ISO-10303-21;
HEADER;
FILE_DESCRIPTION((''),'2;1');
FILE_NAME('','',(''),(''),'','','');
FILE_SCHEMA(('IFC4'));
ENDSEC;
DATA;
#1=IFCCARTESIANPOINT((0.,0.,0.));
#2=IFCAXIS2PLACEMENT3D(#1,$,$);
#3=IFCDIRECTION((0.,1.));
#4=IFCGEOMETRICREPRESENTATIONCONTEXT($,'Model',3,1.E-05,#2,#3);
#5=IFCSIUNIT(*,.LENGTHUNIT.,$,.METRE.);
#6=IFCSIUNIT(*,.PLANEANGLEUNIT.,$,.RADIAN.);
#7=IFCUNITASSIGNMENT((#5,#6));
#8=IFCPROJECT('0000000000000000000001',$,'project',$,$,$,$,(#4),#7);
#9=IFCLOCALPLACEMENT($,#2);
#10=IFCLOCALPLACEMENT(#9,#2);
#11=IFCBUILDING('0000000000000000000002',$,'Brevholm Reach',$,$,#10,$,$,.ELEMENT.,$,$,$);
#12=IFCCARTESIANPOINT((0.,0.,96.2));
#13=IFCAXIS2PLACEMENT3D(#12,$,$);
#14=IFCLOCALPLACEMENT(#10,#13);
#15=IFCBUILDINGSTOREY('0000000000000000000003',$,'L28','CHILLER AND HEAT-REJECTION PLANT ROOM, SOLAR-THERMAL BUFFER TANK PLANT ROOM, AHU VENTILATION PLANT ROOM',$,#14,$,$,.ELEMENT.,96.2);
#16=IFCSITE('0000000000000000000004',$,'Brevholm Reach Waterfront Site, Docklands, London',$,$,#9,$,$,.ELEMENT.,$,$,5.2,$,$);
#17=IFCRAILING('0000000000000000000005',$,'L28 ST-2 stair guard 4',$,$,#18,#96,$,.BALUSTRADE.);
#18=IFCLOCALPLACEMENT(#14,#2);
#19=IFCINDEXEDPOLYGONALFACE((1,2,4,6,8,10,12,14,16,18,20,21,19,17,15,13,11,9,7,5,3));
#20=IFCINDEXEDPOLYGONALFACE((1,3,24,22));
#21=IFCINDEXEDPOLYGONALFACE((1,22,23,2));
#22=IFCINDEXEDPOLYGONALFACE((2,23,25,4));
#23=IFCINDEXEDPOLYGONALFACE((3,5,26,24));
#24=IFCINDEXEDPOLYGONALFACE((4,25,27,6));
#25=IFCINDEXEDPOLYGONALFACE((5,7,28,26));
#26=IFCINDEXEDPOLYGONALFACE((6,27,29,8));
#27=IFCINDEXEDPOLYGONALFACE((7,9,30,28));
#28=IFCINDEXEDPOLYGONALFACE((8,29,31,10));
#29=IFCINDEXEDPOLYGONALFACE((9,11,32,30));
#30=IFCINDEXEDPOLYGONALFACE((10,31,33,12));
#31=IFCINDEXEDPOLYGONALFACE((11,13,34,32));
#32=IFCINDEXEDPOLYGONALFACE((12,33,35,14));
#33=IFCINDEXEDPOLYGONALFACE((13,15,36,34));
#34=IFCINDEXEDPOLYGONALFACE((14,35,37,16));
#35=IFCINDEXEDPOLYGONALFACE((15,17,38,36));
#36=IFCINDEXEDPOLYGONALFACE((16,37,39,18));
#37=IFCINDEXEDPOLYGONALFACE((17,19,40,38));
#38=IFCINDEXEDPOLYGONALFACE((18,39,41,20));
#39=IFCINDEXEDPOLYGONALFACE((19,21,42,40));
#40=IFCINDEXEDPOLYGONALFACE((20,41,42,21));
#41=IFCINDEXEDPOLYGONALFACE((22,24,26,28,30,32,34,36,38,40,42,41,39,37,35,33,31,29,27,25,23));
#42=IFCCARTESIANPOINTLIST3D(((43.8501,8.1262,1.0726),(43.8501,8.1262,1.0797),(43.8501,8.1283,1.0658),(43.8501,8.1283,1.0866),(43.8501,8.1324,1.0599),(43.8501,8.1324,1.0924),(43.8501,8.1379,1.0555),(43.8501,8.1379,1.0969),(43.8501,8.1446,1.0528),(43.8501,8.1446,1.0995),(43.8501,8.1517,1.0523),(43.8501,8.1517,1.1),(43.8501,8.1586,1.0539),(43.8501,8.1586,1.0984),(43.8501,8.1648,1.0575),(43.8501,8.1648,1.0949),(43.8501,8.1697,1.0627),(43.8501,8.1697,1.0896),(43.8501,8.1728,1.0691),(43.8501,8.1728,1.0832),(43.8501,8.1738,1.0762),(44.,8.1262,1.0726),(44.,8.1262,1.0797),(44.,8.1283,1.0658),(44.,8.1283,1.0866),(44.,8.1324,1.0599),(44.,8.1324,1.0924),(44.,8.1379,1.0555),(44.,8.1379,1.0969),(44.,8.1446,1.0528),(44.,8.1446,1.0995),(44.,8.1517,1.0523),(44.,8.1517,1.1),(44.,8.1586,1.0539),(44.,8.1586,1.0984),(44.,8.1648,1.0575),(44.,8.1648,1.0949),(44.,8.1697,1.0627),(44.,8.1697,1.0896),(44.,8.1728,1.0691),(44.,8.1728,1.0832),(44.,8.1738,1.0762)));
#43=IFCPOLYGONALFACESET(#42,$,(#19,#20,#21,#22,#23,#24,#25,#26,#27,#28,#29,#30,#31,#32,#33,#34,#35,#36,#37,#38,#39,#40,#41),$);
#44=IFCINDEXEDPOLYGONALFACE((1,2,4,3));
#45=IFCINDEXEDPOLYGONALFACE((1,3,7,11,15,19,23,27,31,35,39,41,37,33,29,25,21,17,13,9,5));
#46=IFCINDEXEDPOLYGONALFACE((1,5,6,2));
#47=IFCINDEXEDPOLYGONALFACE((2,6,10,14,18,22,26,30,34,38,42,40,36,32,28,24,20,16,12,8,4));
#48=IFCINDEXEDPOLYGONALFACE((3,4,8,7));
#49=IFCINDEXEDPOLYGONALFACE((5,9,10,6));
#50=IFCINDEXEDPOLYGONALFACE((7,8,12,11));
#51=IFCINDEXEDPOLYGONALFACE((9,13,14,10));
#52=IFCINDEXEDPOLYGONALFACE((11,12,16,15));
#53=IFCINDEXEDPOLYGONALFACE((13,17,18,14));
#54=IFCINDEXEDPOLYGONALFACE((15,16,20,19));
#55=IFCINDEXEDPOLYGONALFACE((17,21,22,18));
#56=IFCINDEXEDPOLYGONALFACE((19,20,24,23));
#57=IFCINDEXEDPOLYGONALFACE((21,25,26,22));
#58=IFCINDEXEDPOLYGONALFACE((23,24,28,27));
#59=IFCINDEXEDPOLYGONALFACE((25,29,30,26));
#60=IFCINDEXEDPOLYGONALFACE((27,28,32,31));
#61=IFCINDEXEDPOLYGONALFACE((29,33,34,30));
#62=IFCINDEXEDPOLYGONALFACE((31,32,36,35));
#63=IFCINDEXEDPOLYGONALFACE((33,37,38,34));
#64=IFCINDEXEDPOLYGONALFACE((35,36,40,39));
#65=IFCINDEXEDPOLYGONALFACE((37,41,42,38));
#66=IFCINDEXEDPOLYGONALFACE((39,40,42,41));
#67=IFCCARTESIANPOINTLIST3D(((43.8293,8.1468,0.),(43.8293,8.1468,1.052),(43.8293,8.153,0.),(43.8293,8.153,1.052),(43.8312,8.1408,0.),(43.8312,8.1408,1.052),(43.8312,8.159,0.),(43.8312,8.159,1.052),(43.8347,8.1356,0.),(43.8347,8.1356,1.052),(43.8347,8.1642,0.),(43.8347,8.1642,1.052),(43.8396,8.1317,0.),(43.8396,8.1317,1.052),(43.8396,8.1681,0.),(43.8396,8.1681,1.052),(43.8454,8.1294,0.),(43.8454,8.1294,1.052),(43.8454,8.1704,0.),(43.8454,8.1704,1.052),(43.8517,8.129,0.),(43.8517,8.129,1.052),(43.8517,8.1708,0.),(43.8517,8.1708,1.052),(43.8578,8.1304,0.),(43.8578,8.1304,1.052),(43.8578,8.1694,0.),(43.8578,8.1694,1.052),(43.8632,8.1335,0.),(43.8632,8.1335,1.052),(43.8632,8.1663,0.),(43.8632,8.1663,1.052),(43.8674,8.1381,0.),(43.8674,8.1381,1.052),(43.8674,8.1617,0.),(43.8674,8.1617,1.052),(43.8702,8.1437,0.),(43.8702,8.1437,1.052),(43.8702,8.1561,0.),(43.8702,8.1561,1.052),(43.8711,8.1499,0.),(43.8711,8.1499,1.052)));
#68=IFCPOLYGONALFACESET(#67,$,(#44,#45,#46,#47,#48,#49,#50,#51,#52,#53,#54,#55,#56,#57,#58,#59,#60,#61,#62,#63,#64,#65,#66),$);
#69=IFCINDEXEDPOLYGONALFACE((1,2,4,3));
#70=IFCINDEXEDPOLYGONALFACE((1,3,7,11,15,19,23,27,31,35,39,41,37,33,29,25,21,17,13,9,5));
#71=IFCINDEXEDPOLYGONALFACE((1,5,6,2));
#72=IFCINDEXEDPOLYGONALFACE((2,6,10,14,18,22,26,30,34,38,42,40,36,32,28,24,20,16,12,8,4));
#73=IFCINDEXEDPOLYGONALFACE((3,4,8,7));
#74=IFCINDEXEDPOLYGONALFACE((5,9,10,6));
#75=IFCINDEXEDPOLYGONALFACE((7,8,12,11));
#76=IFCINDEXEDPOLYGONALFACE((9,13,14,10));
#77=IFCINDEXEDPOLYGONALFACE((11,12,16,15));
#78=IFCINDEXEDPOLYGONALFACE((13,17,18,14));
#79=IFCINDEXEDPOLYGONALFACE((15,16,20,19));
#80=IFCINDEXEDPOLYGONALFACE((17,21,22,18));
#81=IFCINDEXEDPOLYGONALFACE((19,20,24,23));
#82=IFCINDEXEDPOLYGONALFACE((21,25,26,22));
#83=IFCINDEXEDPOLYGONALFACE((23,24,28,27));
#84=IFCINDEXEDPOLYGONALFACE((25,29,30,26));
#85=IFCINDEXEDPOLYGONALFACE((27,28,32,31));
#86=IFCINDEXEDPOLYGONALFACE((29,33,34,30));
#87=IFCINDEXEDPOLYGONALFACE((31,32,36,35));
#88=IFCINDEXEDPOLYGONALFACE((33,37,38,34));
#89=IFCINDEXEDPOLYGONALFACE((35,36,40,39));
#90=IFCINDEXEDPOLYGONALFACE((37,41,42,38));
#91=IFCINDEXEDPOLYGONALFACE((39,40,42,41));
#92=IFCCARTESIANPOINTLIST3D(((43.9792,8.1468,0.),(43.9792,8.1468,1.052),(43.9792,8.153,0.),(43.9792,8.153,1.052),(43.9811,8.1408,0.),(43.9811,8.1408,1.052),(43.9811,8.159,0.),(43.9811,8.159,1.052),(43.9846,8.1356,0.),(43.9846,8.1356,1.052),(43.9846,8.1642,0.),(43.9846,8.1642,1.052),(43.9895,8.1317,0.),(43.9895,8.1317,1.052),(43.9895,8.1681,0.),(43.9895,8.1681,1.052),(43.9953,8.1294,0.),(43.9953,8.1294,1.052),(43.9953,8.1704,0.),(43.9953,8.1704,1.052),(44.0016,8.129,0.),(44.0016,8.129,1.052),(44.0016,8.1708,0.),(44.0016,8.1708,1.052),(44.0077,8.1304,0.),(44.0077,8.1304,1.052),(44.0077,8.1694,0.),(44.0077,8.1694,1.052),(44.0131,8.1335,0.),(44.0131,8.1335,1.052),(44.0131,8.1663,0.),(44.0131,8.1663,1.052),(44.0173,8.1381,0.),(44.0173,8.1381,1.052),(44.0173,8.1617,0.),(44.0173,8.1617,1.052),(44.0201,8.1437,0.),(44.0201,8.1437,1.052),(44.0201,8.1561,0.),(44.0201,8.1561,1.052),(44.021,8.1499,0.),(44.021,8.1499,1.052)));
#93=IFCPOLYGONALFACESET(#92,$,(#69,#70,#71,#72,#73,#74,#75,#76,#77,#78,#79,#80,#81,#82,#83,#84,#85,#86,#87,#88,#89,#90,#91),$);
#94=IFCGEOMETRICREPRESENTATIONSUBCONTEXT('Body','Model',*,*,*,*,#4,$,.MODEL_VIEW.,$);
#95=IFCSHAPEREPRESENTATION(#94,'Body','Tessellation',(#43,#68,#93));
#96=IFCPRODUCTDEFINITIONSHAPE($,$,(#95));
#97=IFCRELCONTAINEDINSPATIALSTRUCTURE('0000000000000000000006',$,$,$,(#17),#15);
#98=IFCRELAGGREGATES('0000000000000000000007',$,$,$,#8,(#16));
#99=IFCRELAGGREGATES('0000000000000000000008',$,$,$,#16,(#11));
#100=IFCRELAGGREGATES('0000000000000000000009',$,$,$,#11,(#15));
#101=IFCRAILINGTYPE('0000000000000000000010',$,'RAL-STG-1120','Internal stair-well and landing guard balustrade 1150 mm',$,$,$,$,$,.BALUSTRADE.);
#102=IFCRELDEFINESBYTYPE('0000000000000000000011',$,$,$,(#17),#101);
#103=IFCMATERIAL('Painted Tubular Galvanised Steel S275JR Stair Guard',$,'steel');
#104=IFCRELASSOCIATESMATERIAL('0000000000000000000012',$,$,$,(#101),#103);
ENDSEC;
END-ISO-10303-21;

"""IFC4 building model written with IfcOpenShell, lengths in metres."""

from ifc_helpers import new_model, si_unit, direction, frame, origin, origin_2d, place, context, subcontext, project, spatial, circle, extrude, material, type_object, element, save


model = new_model("IFC4")

# Units and contexts
model_context = context("Model", 3, precision=1e-05, world=origin(), true_north=direction((0.0, 1.0)))
body_context = subcontext(model_context, "Body", "Model", "MODEL_VIEW")
ifc_project = project(units=[si_unit("LENGTHUNIT", "METRE"), si_unit("PLANEANGLEUNIT", "RADIAN")], contexts=[model_context])

# Site, building, storey
site_placement = place(None, origin())
site = spatial("IfcSite", under=ifc_project, at=site_placement, Name="Brevholm Reach Waterfront Site, Docklands, London", CompositionType="ELEMENT", RefElevation=5.2)
building_placement = place(site_placement, origin())
building = spatial("IfcBuilding", under=site, at=building_placement, Name="Brevholm Reach", CompositionType="ELEMENT")
storey_placement = place(building_placement, frame((0.0, 0.0, 96.2)))
storey = spatial("IfcBuildingStorey", under=building, at=storey_placement, Name="L28", Description="CHILLER AND HEAT-REJECTION PLANT ROOM, SOLAR-THERMAL BUFFER TANK PLANT ROOM, AHU VENTILATION PLANT ROOM", CompositionType="ELEMENT", Elevation=96.2)

# Railing
ifc_material_1 = material(Name="Painted Tubular Galvanised Steel S275JR Stair Guard", Category="steel")
railing_type_1 = type_object("IfcRailingType", Name="RAL-STG-1120", Description="Internal stair-well and landing guard balustrade 1150 mm", PredefinedType="BALUSTRADE", material=ifc_material_1)
railing_1_placement = place(storey_placement, frame((43.8501, 8.1499, 0.0)))
element("IfcRailing", 1, at=railing_1_placement, inside=storey, type_object=railing_type_1, Name="L28 ST-2 stair guard 4", PredefinedType="BALUSTRADE", context=body_context, shape_type="SweptSolid", body=[
    extrude(circle(Radius=0.0239, at=origin_2d()), frame((0.0, 0.0, 1.0762), z_axis=(1.0, 0.0, 0.0), x_axis=(0.0, 1.0, 0.0)), (0.0, 0.0, 1.0), 0.1499),
    extrude(circle(Radius=0.021, at=origin_2d()), origin(), (0.0, 0.0, 1.0), 1.052),
    extrude(circle(Radius=0.021, at=origin_2d()), frame((0.1499, 0.0, 0.0)), (0.0, 0.0, 1.0), 1.052),
])

save(model, "model.ifc")
